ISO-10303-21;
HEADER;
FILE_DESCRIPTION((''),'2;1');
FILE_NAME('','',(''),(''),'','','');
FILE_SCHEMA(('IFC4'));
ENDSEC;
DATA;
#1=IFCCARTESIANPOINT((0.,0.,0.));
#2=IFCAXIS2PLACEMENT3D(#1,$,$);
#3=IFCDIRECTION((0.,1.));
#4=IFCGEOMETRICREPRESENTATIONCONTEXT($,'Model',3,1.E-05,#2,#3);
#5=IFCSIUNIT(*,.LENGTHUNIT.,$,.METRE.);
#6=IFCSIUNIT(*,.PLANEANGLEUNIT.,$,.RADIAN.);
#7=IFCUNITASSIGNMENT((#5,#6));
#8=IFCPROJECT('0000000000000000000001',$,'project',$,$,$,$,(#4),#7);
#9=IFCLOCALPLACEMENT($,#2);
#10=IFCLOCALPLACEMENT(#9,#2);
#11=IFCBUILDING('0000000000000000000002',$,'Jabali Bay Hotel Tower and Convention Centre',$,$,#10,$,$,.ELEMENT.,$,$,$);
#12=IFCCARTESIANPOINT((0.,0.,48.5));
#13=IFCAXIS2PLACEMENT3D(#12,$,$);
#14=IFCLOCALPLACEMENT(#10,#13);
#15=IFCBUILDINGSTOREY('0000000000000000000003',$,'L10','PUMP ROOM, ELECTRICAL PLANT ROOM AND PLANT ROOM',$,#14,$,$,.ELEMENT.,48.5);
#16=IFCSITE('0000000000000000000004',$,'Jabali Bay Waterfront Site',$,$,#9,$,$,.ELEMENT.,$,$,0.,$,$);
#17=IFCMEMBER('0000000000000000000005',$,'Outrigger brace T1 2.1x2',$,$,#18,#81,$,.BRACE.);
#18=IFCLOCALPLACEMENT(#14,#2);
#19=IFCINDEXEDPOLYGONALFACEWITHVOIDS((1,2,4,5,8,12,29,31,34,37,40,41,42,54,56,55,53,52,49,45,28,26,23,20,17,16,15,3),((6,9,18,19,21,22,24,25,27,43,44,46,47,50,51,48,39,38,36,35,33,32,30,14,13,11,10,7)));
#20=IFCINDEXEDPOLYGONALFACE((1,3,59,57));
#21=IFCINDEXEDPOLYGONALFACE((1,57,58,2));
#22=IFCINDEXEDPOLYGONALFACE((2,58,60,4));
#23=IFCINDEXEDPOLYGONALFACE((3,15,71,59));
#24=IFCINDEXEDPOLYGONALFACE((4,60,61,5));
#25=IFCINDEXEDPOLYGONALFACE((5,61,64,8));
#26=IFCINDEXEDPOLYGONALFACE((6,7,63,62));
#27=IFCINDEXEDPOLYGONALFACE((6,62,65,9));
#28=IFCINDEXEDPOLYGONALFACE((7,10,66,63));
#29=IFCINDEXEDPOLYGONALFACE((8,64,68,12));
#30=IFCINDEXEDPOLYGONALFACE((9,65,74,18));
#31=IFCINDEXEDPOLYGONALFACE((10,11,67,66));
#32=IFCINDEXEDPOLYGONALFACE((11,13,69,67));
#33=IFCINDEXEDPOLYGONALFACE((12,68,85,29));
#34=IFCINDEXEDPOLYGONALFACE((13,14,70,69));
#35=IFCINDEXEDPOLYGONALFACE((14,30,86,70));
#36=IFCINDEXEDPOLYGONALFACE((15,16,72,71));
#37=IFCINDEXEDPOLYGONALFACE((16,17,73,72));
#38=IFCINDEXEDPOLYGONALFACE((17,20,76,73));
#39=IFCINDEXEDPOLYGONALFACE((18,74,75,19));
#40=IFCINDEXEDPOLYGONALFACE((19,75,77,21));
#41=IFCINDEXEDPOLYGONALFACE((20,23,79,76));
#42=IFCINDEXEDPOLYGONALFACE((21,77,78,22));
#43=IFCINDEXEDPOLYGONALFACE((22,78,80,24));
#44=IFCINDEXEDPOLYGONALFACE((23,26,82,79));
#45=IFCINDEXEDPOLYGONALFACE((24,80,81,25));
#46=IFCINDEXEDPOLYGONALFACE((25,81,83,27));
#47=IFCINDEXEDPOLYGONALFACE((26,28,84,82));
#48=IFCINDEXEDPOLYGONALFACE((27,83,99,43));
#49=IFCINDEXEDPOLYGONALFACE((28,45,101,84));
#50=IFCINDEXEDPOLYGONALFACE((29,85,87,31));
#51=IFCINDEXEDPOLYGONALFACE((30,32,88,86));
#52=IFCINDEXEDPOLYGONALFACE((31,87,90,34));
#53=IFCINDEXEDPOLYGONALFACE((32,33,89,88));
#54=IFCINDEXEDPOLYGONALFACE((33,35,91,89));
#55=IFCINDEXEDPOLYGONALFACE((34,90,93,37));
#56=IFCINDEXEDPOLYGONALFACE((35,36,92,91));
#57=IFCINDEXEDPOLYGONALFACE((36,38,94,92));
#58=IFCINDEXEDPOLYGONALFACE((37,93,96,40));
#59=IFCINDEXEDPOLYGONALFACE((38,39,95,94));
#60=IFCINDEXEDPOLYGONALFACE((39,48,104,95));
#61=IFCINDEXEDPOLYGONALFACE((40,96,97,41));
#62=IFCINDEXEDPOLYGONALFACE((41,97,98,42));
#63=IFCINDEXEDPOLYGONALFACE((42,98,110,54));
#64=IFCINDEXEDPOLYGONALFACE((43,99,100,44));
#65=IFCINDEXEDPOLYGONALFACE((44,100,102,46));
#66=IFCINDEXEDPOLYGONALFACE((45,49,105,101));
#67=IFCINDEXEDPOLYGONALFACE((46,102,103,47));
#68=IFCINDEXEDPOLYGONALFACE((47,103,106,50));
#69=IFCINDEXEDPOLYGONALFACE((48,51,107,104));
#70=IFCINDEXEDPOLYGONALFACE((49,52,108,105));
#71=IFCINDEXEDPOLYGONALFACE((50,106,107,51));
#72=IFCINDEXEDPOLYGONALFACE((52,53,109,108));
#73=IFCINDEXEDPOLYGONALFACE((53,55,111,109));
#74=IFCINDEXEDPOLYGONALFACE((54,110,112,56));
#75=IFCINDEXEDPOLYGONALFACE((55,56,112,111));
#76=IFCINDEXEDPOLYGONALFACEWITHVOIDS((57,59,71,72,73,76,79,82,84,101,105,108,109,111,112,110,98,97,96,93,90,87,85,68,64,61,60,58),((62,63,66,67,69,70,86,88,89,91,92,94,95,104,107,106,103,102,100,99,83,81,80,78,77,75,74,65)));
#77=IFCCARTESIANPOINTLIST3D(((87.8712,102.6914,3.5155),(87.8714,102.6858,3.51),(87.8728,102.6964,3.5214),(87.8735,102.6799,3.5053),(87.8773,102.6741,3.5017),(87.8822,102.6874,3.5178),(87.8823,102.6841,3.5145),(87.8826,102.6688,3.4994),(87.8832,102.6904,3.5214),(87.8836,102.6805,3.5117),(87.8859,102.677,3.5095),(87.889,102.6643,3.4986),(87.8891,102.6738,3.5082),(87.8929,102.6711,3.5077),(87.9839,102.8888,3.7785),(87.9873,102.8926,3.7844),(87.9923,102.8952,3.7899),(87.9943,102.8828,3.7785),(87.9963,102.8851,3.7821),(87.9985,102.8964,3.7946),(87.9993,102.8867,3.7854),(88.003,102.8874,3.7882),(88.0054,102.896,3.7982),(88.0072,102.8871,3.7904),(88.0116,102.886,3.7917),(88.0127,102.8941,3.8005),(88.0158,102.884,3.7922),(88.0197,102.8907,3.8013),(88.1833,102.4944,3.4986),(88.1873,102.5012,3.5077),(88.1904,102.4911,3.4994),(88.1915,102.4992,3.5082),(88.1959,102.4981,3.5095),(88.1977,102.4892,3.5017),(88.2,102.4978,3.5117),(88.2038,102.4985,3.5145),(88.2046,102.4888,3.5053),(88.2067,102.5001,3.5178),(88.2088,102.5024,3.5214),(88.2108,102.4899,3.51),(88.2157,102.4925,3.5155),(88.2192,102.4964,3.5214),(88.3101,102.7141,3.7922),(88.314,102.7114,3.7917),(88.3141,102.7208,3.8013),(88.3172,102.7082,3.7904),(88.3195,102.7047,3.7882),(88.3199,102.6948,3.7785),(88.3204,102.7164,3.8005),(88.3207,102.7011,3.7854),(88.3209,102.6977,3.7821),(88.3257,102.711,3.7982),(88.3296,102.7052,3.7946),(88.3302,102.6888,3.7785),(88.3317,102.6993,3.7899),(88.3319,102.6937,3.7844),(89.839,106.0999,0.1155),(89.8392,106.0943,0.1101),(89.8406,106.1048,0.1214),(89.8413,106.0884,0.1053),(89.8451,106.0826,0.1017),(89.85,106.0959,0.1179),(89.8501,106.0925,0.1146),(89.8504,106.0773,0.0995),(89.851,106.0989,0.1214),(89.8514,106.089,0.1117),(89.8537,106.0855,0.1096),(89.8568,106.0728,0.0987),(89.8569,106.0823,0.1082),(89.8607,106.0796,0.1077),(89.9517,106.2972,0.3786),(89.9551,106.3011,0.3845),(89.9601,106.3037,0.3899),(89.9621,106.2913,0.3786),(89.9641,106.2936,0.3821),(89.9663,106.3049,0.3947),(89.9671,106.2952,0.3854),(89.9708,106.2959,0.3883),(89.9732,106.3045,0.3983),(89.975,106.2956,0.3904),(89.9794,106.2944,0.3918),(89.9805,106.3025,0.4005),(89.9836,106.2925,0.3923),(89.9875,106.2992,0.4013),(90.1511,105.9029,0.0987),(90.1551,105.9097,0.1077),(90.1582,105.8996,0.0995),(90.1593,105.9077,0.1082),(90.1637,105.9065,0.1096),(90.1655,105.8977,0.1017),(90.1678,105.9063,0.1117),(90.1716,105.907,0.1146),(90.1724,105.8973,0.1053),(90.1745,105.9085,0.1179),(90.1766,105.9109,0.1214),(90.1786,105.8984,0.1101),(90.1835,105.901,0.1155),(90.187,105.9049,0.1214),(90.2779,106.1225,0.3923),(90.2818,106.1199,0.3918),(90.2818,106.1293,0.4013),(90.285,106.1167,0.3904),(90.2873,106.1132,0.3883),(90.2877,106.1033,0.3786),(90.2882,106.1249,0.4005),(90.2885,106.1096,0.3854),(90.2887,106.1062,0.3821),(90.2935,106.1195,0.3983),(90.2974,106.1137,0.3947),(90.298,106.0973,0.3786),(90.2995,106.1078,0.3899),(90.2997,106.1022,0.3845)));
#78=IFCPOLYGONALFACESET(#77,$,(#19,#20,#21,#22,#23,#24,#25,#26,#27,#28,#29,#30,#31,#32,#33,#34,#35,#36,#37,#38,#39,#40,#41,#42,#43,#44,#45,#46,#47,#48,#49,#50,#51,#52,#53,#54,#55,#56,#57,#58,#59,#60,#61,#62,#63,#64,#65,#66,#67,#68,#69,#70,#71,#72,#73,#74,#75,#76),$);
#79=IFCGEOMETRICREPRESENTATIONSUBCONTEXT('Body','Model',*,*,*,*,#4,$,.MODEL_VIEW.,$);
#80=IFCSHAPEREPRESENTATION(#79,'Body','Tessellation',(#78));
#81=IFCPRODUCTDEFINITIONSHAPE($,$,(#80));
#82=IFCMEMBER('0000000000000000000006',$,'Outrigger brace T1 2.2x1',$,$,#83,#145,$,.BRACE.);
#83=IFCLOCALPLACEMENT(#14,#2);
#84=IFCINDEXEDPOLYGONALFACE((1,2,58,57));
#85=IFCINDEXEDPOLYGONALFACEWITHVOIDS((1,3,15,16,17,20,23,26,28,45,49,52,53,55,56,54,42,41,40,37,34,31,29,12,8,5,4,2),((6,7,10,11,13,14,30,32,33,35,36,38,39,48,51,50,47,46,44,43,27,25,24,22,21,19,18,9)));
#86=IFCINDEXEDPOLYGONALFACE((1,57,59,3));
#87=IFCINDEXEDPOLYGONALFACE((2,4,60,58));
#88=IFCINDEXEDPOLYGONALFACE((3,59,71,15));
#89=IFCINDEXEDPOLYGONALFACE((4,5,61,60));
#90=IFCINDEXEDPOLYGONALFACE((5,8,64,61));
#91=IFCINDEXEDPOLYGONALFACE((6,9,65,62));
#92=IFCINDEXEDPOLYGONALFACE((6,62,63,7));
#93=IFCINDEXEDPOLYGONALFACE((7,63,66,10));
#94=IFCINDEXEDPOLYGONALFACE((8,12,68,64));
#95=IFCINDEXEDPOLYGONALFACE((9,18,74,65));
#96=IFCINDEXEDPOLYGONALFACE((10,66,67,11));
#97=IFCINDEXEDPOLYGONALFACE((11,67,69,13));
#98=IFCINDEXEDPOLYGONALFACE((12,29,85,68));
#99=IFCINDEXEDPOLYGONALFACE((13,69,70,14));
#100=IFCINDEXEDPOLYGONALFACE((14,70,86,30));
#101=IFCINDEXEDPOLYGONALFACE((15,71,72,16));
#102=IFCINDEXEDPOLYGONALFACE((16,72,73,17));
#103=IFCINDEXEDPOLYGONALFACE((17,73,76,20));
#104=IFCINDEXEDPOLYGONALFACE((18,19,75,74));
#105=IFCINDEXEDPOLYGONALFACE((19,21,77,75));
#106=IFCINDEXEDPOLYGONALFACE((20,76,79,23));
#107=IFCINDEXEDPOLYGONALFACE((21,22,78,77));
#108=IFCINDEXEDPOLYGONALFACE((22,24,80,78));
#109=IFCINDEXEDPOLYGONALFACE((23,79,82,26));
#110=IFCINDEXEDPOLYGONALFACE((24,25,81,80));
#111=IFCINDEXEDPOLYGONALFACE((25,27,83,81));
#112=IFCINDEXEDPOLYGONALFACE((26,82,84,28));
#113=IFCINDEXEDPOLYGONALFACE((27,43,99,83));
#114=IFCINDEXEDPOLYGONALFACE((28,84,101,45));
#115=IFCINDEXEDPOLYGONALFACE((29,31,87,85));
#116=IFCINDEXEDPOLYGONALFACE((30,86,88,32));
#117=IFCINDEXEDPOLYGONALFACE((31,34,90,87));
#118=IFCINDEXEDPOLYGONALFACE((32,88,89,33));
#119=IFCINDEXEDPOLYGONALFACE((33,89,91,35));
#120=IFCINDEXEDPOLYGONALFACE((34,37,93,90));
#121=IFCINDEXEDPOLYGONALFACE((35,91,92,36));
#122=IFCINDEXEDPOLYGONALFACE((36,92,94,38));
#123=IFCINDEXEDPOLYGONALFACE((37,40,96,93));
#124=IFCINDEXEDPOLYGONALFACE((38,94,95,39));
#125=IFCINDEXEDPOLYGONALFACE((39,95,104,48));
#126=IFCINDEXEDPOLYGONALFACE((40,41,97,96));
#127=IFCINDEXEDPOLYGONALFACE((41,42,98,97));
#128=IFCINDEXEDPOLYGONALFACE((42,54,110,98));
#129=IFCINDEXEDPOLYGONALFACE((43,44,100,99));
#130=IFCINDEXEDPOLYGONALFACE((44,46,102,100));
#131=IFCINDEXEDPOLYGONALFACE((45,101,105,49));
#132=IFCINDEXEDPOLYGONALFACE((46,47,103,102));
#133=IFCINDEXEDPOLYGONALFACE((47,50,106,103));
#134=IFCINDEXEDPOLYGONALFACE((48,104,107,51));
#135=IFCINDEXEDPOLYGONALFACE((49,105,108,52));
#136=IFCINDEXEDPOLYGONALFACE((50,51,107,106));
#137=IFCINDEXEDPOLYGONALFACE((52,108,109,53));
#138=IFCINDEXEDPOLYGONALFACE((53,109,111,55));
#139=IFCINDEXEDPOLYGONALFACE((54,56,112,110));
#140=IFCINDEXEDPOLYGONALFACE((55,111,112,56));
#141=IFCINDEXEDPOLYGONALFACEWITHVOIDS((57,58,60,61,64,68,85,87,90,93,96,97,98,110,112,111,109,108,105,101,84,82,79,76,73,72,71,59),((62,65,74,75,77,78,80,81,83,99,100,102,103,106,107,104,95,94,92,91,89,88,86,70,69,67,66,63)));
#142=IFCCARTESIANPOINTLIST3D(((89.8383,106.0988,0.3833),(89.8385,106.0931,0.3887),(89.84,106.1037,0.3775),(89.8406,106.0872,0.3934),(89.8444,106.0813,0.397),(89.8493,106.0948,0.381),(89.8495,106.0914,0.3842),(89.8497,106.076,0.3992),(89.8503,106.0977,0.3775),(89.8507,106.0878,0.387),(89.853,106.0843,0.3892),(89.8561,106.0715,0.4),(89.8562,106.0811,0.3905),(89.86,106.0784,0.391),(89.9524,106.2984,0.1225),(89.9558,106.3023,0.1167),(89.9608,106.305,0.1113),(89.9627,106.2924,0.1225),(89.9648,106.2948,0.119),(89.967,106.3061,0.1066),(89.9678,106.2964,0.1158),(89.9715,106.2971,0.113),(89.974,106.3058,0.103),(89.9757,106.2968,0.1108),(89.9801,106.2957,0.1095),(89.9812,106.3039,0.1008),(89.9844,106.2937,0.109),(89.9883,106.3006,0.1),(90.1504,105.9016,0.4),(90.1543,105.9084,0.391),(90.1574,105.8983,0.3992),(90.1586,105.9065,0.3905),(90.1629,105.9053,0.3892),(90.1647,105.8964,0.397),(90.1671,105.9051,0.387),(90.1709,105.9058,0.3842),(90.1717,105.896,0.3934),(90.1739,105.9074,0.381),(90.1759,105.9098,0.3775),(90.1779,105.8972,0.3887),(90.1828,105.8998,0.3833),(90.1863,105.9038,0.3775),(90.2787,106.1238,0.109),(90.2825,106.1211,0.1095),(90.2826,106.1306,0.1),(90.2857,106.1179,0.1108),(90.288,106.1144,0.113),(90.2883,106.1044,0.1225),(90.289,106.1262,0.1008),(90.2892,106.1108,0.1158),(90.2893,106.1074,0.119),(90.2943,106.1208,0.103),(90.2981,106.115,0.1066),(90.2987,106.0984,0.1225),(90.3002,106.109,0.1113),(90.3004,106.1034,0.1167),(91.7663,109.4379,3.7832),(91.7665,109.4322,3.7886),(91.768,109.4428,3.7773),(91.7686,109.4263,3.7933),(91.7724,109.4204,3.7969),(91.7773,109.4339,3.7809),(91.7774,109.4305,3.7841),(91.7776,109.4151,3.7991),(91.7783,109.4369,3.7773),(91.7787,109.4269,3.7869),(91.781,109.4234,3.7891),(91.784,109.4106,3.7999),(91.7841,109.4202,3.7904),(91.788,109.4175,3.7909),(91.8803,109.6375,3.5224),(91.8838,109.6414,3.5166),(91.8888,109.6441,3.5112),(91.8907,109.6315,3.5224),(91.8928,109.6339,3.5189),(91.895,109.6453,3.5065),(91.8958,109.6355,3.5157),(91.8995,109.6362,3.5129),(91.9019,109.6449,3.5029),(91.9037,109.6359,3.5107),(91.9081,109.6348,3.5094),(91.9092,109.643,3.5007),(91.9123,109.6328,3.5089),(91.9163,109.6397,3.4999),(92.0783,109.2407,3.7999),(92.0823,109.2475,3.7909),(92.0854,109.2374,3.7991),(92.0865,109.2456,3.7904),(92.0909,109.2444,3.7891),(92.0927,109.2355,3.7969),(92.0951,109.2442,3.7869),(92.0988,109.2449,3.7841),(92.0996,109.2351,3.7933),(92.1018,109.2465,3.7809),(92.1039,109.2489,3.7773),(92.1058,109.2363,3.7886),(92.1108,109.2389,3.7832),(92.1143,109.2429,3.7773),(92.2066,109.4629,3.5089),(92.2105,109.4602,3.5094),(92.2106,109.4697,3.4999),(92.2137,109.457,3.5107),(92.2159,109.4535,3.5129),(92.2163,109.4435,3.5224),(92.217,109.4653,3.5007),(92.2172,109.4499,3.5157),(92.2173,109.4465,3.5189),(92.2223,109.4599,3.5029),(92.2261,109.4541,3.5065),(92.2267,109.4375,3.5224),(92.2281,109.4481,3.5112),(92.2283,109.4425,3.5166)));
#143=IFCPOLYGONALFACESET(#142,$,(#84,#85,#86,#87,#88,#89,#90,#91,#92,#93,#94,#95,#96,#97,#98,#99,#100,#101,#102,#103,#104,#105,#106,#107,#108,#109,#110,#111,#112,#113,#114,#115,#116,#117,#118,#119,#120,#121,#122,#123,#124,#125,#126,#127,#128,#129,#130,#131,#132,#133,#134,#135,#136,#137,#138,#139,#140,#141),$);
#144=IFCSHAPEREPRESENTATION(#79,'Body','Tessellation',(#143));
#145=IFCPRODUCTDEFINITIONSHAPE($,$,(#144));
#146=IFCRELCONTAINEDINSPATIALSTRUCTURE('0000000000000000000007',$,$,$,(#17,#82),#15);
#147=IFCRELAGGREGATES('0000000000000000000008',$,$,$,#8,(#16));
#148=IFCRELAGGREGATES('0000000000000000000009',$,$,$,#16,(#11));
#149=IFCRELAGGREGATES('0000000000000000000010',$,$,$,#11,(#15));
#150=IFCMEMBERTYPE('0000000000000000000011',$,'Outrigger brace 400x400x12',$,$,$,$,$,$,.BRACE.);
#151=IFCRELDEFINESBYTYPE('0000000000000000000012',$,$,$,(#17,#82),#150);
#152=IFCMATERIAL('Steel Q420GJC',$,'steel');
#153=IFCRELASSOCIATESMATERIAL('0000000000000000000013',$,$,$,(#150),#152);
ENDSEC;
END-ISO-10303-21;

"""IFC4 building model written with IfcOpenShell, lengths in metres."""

from ifc_helpers import new_model, si_unit, direction, frame, origin, origin_2d, place, context, subcontext, project, spatial, hollow_rectangle, extrude, material, material_profile, profile_set, type_object, element, save


model = new_model("IFC4")

# Units and contexts
model_context = context("Model", 3, precision=1e-05, world=origin(), true_north=direction((0.0, 1.0)))
body_context = subcontext(model_context, "Body", "Model", "MODEL_VIEW")
ifc_project = project(units=[si_unit("LENGTHUNIT", "METRE"), si_unit("PLANEANGLEUNIT", "RADIAN")], contexts=[model_context])

# Site, building, storey
site_placement = place(None, origin())
site = spatial("IfcSite", under=ifc_project, at=site_placement, Name="Jabali Bay Waterfront Site", CompositionType="ELEMENT", RefElevation=0.0)
building_placement = place(site_placement, origin())
building = spatial("IfcBuilding", under=site, at=building_placement, Name="Jabali Bay Hotel Tower and Convention Centre", CompositionType="ELEMENT")
storey_placement = place(building_placement, frame((0.0, 0.0, 48.5)))
storey = spatial("IfcBuildingStorey", under=building, at=storey_placement, Name="L10", Description="PUMP ROOM, ELECTRICAL PLANT ROOM AND PLANT ROOM", CompositionType="ELEMENT", Elevation=48.5)

# Members
ifc_material_1 = material(Name="Steel Q420GJC", Category="steel")
ifc_material_profile_1 = material_profile(ifc_material_1, hollow_rectangle(XDim=0.3999, YDim=0.3999, WallThickness=0.012, InnerFilletRadius=0.0181, OuterFilletRadius=0.03, at=origin_2d()), Name="Outrigger brace 400x400x12")
ifc_profile_set_1 = profile_set([ifc_material_profile_1], Name="Steel Q420GJC")
member_type_1 = type_object("IfcMemberType", Name="Outrigger brace 400x400x12", PredefinedType="BRACE", material=ifc_profile_set_1)
member_1_placement = place(storey_placement, frame((90.0693, 106.1011, 0.25), z_axis=(-0.378355, -0.655362, 0.653719), x_axis=(0.866036, -0.499982, 0.0)))
element("IfcMember", 1, at=member_1_placement, inside=storey, type_object=member_type_1, Name="Outrigger brace T1 2.1x2", PredefinedType="BRACE", context=body_context, shape_type="SweptSolid", body=[
    extrude(hollow_rectangle(XDim=0.3999, YDim=0.3999, WallThickness=0.012, InnerFilletRadius=0.0181, OuterFilletRadius=0.03, at=origin_2d()), origin(), (0.0, 0.0, 1.0), 5.2009),
])
member_2_placement = place(storey_placement, frame((90.0693, 106.1011, 0.25), z_axis=(0.375047, 0.649553, 0.661378), x_axis=(-0.866009, 0.500028, 0.0)))
element("IfcMember", 2, at=member_2_placement, inside=storey, type_object=member_type_1, Name="Outrigger brace T1 2.2x1", PredefinedType="BRACE", context=body_context, shape_type="SweptSolid", body=[
    extrude(hollow_rectangle(XDim=0.3999, YDim=0.3999, WallThickness=0.012, InnerFilletRadius=0.0181, OuterFilletRadius=0.03, at=origin_2d()), origin(), (0.0, 0.0, 1.0), 5.1406),
])

save(model, "model.ifc")
